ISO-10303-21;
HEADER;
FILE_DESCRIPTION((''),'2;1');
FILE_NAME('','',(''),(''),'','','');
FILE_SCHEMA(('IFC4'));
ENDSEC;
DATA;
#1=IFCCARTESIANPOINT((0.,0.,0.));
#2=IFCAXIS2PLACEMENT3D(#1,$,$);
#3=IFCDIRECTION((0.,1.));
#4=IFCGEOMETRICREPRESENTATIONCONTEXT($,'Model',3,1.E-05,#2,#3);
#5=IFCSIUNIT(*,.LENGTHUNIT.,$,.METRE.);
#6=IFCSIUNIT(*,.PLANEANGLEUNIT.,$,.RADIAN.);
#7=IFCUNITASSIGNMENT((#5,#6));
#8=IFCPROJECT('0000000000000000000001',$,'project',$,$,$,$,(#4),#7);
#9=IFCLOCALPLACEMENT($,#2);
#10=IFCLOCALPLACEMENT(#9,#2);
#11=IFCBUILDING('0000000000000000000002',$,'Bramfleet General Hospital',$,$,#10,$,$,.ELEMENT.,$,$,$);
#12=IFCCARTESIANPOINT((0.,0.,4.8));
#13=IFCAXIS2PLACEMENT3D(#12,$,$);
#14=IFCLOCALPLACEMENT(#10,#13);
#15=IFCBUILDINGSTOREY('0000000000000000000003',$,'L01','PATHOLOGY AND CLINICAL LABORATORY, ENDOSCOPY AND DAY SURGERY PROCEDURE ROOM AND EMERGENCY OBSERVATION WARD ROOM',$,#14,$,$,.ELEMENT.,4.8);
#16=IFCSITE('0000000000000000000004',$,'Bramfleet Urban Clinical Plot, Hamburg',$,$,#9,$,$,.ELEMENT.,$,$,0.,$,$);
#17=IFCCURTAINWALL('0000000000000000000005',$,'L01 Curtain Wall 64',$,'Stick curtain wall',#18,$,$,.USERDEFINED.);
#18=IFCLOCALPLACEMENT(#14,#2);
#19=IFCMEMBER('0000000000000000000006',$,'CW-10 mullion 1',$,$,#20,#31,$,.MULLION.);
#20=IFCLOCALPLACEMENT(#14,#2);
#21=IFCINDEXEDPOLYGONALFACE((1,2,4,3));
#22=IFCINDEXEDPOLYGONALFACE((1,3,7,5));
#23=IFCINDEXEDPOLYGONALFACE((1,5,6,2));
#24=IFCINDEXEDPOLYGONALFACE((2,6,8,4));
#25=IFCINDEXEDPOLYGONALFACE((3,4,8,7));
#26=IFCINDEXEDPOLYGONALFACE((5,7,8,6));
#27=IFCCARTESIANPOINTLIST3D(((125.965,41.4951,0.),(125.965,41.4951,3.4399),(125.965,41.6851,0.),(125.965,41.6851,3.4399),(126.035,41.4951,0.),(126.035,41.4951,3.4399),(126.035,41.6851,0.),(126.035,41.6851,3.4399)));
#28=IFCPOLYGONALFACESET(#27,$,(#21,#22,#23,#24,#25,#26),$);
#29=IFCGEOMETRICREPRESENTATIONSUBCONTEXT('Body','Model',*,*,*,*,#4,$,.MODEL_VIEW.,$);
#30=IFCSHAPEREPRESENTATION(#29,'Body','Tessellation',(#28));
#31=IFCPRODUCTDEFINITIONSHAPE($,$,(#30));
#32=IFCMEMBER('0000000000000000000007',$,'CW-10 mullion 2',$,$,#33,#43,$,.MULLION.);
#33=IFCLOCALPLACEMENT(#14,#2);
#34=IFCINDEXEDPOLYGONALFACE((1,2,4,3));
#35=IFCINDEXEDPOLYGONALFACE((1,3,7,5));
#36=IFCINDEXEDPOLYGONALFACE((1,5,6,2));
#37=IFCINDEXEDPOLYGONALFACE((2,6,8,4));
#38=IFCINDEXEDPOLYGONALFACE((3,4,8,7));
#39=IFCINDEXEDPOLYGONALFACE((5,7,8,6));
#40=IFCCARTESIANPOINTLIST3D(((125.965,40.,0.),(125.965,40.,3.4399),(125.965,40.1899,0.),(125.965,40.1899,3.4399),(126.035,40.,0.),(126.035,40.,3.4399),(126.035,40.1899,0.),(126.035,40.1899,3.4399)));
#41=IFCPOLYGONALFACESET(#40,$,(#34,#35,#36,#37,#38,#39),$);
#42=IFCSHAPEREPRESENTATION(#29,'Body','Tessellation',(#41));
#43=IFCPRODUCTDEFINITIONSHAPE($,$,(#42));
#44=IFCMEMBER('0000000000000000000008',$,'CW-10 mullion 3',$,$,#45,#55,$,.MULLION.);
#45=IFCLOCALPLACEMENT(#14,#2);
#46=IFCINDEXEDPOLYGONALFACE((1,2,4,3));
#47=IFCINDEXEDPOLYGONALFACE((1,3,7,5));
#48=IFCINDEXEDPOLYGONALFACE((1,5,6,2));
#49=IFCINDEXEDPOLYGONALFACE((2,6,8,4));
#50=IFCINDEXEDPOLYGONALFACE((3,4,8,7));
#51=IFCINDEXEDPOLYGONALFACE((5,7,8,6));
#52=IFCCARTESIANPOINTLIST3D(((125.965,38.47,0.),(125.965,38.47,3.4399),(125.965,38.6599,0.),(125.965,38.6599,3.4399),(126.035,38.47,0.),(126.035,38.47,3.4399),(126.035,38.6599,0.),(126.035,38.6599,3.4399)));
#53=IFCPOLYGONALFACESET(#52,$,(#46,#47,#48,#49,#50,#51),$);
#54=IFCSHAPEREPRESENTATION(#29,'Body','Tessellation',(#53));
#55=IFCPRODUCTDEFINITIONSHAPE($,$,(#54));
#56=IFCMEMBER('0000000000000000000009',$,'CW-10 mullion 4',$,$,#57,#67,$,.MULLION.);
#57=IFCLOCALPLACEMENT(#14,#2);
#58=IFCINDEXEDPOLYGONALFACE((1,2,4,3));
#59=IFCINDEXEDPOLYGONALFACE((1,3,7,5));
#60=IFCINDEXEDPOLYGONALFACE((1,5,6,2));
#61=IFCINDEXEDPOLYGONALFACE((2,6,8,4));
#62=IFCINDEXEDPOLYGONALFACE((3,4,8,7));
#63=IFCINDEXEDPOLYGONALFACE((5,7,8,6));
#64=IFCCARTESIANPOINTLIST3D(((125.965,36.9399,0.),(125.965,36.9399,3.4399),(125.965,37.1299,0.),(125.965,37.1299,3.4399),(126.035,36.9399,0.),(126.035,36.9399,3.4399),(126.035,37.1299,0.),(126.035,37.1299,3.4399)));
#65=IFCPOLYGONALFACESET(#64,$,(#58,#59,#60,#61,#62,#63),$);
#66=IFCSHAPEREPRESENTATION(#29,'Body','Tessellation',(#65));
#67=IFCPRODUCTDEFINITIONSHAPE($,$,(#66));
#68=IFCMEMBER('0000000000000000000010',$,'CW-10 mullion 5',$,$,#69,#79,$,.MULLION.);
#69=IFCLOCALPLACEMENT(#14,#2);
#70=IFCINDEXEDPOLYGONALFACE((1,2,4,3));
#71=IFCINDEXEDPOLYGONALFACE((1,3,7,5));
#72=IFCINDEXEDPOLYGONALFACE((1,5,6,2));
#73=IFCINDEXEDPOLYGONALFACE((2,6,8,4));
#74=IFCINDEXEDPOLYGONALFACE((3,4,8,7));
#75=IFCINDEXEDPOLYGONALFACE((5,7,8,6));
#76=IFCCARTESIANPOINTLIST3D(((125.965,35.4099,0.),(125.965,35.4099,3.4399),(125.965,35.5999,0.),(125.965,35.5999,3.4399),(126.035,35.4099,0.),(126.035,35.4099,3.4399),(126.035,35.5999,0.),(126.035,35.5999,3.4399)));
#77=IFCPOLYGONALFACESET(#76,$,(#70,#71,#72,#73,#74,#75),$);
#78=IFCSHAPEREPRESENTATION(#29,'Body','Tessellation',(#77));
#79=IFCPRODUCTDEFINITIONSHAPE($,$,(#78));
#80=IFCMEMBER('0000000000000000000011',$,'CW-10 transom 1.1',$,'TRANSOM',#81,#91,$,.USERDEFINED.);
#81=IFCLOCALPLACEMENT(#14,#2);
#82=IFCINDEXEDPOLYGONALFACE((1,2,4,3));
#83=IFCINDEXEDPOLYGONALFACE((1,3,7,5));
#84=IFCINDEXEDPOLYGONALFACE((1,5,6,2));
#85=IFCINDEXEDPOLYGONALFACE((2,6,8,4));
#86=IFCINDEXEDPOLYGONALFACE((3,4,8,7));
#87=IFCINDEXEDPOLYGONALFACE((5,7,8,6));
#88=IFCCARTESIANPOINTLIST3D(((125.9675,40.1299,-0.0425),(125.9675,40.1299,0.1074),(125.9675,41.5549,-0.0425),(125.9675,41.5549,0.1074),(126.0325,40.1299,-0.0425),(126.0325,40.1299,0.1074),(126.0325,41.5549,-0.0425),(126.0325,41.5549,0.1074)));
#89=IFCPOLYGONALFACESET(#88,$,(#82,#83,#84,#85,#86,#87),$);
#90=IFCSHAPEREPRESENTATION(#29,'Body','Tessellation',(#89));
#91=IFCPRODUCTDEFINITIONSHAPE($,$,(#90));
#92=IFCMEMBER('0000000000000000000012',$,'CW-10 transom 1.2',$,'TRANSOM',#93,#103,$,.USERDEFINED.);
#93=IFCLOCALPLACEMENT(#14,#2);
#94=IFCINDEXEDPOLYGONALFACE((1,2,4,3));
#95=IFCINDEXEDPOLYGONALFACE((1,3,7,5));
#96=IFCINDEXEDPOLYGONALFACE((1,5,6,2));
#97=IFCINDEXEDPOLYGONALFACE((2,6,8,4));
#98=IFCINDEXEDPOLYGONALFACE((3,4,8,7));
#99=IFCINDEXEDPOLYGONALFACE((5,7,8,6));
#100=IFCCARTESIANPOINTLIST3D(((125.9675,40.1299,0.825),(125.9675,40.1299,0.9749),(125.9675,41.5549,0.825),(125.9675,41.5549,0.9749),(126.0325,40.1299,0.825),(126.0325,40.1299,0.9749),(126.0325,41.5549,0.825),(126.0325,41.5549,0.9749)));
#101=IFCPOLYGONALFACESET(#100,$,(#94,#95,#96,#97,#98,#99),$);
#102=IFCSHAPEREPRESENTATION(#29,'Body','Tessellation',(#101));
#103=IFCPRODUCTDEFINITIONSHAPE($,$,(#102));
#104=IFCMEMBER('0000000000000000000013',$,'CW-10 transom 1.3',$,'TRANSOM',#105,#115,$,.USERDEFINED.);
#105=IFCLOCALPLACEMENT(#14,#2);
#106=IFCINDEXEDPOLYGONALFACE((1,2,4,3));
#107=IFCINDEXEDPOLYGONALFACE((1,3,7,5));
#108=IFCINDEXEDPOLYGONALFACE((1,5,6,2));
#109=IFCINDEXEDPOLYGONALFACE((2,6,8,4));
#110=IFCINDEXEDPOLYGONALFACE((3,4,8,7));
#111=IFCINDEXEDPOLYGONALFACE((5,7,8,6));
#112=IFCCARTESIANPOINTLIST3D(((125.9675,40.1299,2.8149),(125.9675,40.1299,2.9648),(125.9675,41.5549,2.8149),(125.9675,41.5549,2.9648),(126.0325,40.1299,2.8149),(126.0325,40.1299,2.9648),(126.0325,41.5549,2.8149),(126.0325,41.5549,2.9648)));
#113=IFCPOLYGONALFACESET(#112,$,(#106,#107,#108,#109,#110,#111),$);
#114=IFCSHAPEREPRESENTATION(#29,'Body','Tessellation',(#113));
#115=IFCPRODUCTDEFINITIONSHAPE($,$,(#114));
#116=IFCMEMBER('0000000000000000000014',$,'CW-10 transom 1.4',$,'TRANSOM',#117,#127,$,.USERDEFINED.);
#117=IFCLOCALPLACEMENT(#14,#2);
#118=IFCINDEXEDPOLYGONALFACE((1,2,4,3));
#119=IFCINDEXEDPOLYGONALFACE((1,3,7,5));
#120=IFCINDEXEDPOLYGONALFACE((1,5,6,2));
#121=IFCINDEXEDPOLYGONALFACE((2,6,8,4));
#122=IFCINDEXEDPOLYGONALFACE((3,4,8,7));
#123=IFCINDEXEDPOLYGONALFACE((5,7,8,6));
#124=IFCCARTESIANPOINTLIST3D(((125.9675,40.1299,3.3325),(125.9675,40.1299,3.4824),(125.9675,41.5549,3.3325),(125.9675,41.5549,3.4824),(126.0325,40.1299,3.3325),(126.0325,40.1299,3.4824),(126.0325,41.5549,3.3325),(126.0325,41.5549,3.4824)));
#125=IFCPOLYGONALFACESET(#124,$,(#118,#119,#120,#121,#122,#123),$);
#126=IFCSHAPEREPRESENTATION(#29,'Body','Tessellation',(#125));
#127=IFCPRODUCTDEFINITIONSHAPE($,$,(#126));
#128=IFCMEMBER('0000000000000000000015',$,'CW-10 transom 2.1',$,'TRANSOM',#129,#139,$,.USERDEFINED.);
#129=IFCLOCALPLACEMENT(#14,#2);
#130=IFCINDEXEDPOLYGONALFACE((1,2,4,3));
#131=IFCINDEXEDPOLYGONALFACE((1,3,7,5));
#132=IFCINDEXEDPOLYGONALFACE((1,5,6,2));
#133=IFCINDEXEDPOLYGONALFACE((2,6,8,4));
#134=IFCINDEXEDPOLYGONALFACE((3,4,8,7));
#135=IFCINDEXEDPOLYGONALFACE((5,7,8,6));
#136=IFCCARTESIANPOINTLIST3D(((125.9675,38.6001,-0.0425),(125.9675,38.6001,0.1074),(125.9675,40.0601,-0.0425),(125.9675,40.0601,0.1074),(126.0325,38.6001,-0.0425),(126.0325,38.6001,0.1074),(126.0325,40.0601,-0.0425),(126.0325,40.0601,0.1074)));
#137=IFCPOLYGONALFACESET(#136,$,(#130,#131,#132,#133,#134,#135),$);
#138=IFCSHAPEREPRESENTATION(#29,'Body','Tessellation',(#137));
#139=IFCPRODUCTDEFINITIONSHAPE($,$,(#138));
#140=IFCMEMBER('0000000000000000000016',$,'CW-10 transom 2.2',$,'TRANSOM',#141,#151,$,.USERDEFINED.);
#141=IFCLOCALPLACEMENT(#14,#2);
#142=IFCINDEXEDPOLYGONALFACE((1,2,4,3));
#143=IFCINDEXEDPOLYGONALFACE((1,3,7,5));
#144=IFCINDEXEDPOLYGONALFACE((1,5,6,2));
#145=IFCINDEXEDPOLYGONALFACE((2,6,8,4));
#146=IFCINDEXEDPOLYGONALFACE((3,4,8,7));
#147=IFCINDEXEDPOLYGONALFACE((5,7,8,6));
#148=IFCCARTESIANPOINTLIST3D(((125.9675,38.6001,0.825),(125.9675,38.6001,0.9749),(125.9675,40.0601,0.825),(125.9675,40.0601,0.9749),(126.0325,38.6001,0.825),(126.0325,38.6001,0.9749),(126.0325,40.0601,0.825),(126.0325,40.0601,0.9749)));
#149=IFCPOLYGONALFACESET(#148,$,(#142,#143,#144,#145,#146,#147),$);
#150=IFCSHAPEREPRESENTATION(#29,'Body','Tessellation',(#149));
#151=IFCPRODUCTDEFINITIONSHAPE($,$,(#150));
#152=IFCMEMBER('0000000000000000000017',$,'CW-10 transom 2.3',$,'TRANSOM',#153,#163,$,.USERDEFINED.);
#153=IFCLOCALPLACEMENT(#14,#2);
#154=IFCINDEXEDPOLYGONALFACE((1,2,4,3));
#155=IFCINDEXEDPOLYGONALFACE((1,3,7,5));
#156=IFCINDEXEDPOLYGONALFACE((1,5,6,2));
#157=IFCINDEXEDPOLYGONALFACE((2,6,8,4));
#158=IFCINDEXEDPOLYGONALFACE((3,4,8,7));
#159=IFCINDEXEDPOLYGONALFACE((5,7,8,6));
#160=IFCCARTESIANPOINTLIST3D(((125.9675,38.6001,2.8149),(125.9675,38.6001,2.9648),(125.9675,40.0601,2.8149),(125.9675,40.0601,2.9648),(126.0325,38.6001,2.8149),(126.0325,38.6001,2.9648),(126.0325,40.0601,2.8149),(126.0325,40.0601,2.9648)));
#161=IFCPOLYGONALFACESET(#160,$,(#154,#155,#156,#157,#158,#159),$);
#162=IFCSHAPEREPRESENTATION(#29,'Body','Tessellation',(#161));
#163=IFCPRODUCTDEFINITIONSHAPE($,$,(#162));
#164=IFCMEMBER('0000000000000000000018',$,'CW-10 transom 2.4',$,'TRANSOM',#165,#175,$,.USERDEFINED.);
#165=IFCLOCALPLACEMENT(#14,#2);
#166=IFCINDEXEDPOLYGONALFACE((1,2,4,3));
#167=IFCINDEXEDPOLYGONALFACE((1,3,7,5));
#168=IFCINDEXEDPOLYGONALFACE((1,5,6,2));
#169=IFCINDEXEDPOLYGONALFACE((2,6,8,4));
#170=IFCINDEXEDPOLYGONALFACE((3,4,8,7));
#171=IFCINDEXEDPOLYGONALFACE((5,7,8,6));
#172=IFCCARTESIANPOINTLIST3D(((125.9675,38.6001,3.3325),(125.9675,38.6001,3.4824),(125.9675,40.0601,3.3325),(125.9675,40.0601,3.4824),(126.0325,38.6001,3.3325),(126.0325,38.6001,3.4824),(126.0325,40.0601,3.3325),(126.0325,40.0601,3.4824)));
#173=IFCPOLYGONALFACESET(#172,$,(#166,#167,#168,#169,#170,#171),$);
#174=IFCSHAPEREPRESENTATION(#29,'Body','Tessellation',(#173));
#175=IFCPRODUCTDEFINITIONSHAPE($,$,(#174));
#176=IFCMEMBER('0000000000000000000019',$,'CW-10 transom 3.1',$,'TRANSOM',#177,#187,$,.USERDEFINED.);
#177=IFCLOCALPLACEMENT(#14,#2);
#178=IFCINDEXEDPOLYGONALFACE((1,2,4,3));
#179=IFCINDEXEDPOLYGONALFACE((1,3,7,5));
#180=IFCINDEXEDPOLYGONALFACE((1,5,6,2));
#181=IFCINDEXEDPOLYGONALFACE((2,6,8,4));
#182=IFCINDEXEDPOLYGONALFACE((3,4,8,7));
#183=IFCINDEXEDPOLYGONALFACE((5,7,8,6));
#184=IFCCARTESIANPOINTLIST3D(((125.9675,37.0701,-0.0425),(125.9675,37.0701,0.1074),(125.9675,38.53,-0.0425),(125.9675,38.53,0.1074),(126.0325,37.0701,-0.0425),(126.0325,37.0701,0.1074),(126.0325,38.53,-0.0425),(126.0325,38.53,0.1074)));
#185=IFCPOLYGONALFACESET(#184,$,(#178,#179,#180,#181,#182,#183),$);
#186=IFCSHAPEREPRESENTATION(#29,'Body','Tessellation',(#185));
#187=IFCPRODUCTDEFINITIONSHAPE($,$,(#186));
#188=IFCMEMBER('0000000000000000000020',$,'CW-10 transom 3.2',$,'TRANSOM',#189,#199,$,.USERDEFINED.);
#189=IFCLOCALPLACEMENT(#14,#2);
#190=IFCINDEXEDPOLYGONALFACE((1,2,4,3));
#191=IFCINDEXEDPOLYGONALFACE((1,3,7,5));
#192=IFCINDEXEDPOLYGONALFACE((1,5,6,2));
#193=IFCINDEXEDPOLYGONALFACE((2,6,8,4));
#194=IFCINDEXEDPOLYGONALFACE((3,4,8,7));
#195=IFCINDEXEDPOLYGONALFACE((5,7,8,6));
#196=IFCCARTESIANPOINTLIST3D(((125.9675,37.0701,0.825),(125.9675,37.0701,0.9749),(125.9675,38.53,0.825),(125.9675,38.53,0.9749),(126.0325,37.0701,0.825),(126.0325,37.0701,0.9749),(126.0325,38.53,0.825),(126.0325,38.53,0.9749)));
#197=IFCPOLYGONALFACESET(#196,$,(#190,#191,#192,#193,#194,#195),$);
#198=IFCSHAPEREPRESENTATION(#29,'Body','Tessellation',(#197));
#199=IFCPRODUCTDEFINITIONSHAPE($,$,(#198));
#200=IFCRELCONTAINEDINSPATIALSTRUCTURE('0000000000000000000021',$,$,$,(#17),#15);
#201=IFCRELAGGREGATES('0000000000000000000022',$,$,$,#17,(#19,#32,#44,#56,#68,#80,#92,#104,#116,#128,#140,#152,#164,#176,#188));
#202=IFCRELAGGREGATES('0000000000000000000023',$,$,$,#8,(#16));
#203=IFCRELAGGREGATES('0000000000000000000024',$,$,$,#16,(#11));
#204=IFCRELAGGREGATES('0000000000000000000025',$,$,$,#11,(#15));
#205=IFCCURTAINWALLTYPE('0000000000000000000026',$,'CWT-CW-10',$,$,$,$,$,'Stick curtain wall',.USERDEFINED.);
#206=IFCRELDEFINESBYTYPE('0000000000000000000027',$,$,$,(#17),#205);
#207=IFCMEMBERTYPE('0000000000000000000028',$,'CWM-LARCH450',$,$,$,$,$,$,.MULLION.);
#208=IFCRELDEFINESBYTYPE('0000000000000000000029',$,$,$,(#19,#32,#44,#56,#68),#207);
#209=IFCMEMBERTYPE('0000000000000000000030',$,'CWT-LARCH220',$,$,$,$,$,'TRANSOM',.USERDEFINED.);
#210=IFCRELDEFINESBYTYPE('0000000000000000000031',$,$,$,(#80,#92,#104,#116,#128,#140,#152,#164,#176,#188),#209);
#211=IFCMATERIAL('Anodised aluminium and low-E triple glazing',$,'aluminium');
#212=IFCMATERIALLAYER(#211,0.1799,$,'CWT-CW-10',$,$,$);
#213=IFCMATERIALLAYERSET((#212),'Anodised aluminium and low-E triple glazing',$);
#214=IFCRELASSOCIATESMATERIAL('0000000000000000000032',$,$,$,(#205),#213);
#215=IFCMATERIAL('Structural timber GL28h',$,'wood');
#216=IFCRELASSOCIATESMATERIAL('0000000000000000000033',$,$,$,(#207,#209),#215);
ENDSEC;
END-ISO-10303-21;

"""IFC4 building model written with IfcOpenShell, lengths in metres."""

from ifc_helpers import new_model, si_unit, direction, frame, origin, origin_2d, place, context, subcontext, project, spatial, rectangle, extrude, material, layer, layer_set, material_profile, profile_set, type_object, element, aggregate, save


model = new_model("IFC4")

# Units and contexts
model_context = context("Model", 3, precision=1e-05, world=origin(), true_north=direction((0.0, 1.0)))
body_context = subcontext(model_context, "Body", "Model", "MODEL_VIEW")
ifc_project = project(units=[si_unit("LENGTHUNIT", "METRE"), si_unit("PLANEANGLEUNIT", "RADIAN")], contexts=[model_context])

# Site, building, storey
site_placement = place(None, origin())
site = spatial("IfcSite", under=ifc_project, at=site_placement, Name="Bramfleet Urban Clinical Plot, Hamburg", CompositionType="ELEMENT", RefElevation=0.0)
building_placement = place(site_placement, origin())
building = spatial("IfcBuilding", under=site, at=building_placement, Name="Bramfleet General Hospital", CompositionType="ELEMENT")
storey_placement = place(building_placement, frame((0.0, 0.0, 4.8)))
storey = spatial("IfcBuildingStorey", under=building, at=storey_placement, Name="L01", Description="PATHOLOGY AND CLINICAL LABORATORY, ENDOSCOPY AND DAY SURGERY PROCEDURE ROOM AND EMERGENCY OBSERVATION WARD ROOM", CompositionType="ELEMENT", Elevation=4.8)

# Curtain wall, members
ifc_material_1 = material(Name="Anodised aluminium and low-E triple glazing", Category="aluminium")
ifc_layer_1 = layer(ifc_material_1, 0.1799, Name="CWT-CW-10")
ifc_layer_set_1 = layer_set([ifc_layer_1], Name="Anodised aluminium and low-E triple glazing")
curtain_wall_type = type_object("IfcCurtainWallType", Name="CWT-CW-10", ElementType="Stick curtain wall", PredefinedType="USERDEFINED", material=ifc_layer_set_1)
curtain_wall_placement = place(storey_placement, origin())
curtain_wall = element("IfcCurtainWall", 1, at=curtain_wall_placement, inside=storey, type_object=curtain_wall_type, Name="L01 Curtain Wall 64", ObjectType="Stick curtain wall", PredefinedType="USERDEFINED")
ifc_material_2 = material(Name="Structural timber GL28h", Category="wood")
ifc_material_profile_1 = material_profile(ifc_material_2, rectangle(XDim=0.0701, YDim=0.1899, at=origin_2d()), Name="LARCH 190x70")
ifc_profile_set_1 = profile_set([ifc_material_profile_1], Name="Structural timber GL28h")
member_type_1 = type_object("IfcMemberType", Name="CWM-LARCH450", PredefinedType="MULLION", material=ifc_profile_set_1)
member_1_placement = place(storey_placement, frame((126.0, 41.5901, 0.0), z_axis=(0.0, 0.0, 1.0), x_axis=(1.0, 0.0, 0.0)))
member_1 = element("IfcMember", 2, at=member_1_placement, type_object=member_type_1, Name="CW-10 mullion 1", PredefinedType="MULLION", context=body_context, shape_type="SweptSolid", body=[
    extrude(rectangle(XDim=0.0701, YDim=0.1899, at=origin_2d()), origin(), (0.0, 0.0, 1.0), 3.4399),
])
member_2_placement = place(storey_placement, frame((126.0, 40.095, 0.0), z_axis=(0.0, 0.0, 1.0), x_axis=(1.0, 0.0, 0.0)))
member_2 = element("IfcMember", 3, at=member_2_placement, type_object=member_type_1, Name="CW-10 mullion 2", PredefinedType="MULLION", context=body_context, shape_type="SweptSolid", body=[
    extrude(rectangle(XDim=0.0701, YDim=0.1899, at=origin_2d()), origin(), (0.0, 0.0, 1.0), 3.4399),
])
member_3_placement = place(storey_placement, frame((126.0, 38.5649, 0.0), z_axis=(0.0, 0.0, 1.0), x_axis=(1.0, 0.0, 0.0)))
member_3 = element("IfcMember", 4, at=member_3_placement, type_object=member_type_1, Name="CW-10 mullion 3", PredefinedType="MULLION", context=body_context, shape_type="SweptSolid", body=[
    extrude(rectangle(XDim=0.0701, YDim=0.1899, at=origin_2d()), origin(), (0.0, 0.0, 1.0), 3.4399),
])
member_4_placement = place(storey_placement, frame((126.0, 37.0349, 0.0), z_axis=(0.0, 0.0, 1.0), x_axis=(1.0, 0.0, 0.0)))
member_4 = element("IfcMember", 5, at=member_4_placement, type_object=member_type_1, Name="CW-10 mullion 4", PredefinedType="MULLION", context=body_context, shape_type="SweptSolid", body=[
    extrude(rectangle(XDim=0.0701, YDim=0.1899, at=origin_2d()), origin(), (0.0, 0.0, 1.0), 3.4399),
])
member_5_placement = place(storey_placement, frame((126.0, 35.5049, 0.0), z_axis=(0.0, 0.0, 1.0), x_axis=(1.0, 0.0, 0.0)))
member_5 = element("IfcMember", 6, at=member_5_placement, type_object=member_type_1, Name="CW-10 mullion 5", PredefinedType="MULLION", context=body_context, shape_type="SweptSolid", body=[
    extrude(rectangle(XDim=0.0701, YDim=0.1899, at=origin_2d()), origin(), (0.0, 0.0, 1.0), 3.4399),
])
ifc_material_profile_2 = material_profile(ifc_material_2, rectangle(XDim=0.0649, YDim=0.1499, at=origin_2d()), Name="LARCH 150x65")
ifc_profile_set_2 = profile_set([ifc_material_profile_2], Name="Structural timber GL28h")
member_type_2 = type_object("IfcMemberType", Name="CWT-LARCH220", ElementType="TRANSOM", PredefinedType="USERDEFINED", material=ifc_profile_set_2)
member_6_placement = place(storey_placement, frame((126.0, 41.5549, 0.0325), z_axis=(0.0, -1.0, 0.0), x_axis=(1.0, 0.0, 0.0)))
member_6 = element("IfcMember", 7, at=member_6_placement, type_object=member_type_2, Name="CW-10 transom 1.1", ObjectType="TRANSOM", PredefinedType="USERDEFINED", context=body_context, shape_type="SweptSolid", body=[
    extrude(rectangle(XDim=0.0649, YDim=0.1499, at=origin_2d()), origin(), (0.0, 0.0, 1.0), 1.425),
])
member_7_placement = place(storey_placement, frame((126.0, 41.5549, 0.8999), z_axis=(0.0, -1.0, 0.0), x_axis=(1.0, 0.0, 0.0)))
member_7 = element("IfcMember", 8, at=member_7_placement, type_object=member_type_2, Name="CW-10 transom 1.2", ObjectType="TRANSOM", PredefinedType="USERDEFINED", context=body_context, shape_type="SweptSolid", body=[
    extrude(rectangle(XDim=0.0649, YDim=0.1499, at=origin_2d()), origin(), (0.0, 0.0, 1.0), 1.425),
])
member_8_placement = place(storey_placement, frame((126.0, 41.5549, 2.8899), z_axis=(0.0, -1.0, 0.0), x_axis=(1.0, 0.0, 0.0)))
member_8 = element("IfcMember", 9, at=member_8_placement, type_object=member_type_2, Name="CW-10 transom 1.3", ObjectType="TRANSOM", PredefinedType="USERDEFINED", context=body_context, shape_type="SweptSolid", body=[
    extrude(rectangle(XDim=0.0649, YDim=0.1499, at=origin_2d()), origin(), (0.0, 0.0, 1.0), 1.425),
])
member_9_placement = place(storey_placement, frame((126.0, 41.5549, 3.4075), z_axis=(0.0, -1.0, 0.0), x_axis=(1.0, 0.0, 0.0)))
member_9 = element("IfcMember", 10, at=member_9_placement, type_object=member_type_2, Name="CW-10 transom 1.4", ObjectType="TRANSOM", PredefinedType="USERDEFINED", context=body_context, shape_type="SweptSolid", body=[
    extrude(rectangle(XDim=0.0649, YDim=0.1499, at=origin_2d()), origin(), (0.0, 0.0, 1.0), 1.425),
])
member_10_placement = place(storey_placement, frame((126.0, 40.0601, 0.0325), z_axis=(0.0, -1.0, 0.0), x_axis=(1.0, 0.0, 0.0)))
member_10 = element("IfcMember", 11, at=member_10_placement, type_object=member_type_2, Name="CW-10 transom 2.1", ObjectType="TRANSOM", PredefinedType="USERDEFINED", context=body_context, shape_type="SweptSolid", body=[
    extrude(rectangle(XDim=0.0649, YDim=0.1499, at=origin_2d()), origin(), (0.0, 0.0, 1.0), 1.46),
])
member_11_placement = place(storey_placement, frame((126.0, 40.0601, 0.8999), z_axis=(0.0, -1.0, 0.0), x_axis=(1.0, 0.0, 0.0)))
member_11 = element("IfcMember", 12, at=member_11_placement, type_object=member_type_2, Name="CW-10 transom 2.2", ObjectType="TRANSOM", PredefinedType="USERDEFINED", context=body_context, shape_type="SweptSolid", body=[
    extrude(rectangle(XDim=0.0649, YDim=0.1499, at=origin_2d()), origin(), (0.0, 0.0, 1.0), 1.46),
])
member_12_placement = place(storey_placement, frame((126.0, 40.0601, 2.8899), z_axis=(0.0, -1.0, 0.0), x_axis=(1.0, 0.0, 0.0)))
member_12 = element("IfcMember", 13, at=member_12_placement, type_object=member_type_2, Name="CW-10 transom 2.3", ObjectType="TRANSOM", PredefinedType="USERDEFINED", context=body_context, shape_type="SweptSolid", body=[
    extrude(rectangle(XDim=0.0649, YDim=0.1499, at=origin_2d()), origin(), (0.0, 0.0, 1.0), 1.46),
])
member_13_placement = place(storey_placement, frame((126.0, 40.0601, 3.4075), z_axis=(0.0, -1.0, 0.0), x_axis=(1.0, 0.0, 0.0)))
member_13 = element("IfcMember", 14, at=member_13_placement, type_object=member_type_2, Name="CW-10 transom 2.4", ObjectType="TRANSOM", PredefinedType="USERDEFINED", context=body_context, shape_type="SweptSolid", body=[
    extrude(rectangle(XDim=0.0649, YDim=0.1499, at=origin_2d()), origin(), (0.0, 0.0, 1.0), 1.46),
])
member_14_placement = place(storey_placement, frame((126.0, 38.53, 0.0325), z_axis=(0.0, -1.0, 0.0), x_axis=(1.0, 0.0, 0.0)))
member_14 = element("IfcMember", 15, at=member_14_placement, type_object=member_type_2, Name="CW-10 transom 3.1", ObjectType="TRANSOM", PredefinedType="USERDEFINED", context=body_context, shape_type="SweptSolid", body=[
    extrude(rectangle(XDim=0.0649, YDim=0.1499, at=origin_2d()), origin(), (0.0, 0.0, 1.0), 1.46),
])
member_15_placement = place(storey_placement, frame((126.0, 38.53, 0.8999), z_axis=(0.0, -1.0, 0.0), x_axis=(1.0, 0.0, 0.0)))
member_15 = element("IfcMember", 16, at=member_15_placement, type_object=member_type_2, Name="CW-10 transom 3.2", ObjectType="TRANSOM", PredefinedType="USERDEFINED", context=body_context, shape_type="SweptSolid", body=[
    extrude(rectangle(XDim=0.0649, YDim=0.1499, at=origin_2d()), origin(), (0.0, 0.0, 1.0), 1.46),
])
aggregate(curtain_wall, [member_1, member_2, member_3, member_4, member_5, member_6, member_7, member_8, member_9, member_10, member_11, member_12, member_13, member_14, member_15])

save(model, "model.ifc")
